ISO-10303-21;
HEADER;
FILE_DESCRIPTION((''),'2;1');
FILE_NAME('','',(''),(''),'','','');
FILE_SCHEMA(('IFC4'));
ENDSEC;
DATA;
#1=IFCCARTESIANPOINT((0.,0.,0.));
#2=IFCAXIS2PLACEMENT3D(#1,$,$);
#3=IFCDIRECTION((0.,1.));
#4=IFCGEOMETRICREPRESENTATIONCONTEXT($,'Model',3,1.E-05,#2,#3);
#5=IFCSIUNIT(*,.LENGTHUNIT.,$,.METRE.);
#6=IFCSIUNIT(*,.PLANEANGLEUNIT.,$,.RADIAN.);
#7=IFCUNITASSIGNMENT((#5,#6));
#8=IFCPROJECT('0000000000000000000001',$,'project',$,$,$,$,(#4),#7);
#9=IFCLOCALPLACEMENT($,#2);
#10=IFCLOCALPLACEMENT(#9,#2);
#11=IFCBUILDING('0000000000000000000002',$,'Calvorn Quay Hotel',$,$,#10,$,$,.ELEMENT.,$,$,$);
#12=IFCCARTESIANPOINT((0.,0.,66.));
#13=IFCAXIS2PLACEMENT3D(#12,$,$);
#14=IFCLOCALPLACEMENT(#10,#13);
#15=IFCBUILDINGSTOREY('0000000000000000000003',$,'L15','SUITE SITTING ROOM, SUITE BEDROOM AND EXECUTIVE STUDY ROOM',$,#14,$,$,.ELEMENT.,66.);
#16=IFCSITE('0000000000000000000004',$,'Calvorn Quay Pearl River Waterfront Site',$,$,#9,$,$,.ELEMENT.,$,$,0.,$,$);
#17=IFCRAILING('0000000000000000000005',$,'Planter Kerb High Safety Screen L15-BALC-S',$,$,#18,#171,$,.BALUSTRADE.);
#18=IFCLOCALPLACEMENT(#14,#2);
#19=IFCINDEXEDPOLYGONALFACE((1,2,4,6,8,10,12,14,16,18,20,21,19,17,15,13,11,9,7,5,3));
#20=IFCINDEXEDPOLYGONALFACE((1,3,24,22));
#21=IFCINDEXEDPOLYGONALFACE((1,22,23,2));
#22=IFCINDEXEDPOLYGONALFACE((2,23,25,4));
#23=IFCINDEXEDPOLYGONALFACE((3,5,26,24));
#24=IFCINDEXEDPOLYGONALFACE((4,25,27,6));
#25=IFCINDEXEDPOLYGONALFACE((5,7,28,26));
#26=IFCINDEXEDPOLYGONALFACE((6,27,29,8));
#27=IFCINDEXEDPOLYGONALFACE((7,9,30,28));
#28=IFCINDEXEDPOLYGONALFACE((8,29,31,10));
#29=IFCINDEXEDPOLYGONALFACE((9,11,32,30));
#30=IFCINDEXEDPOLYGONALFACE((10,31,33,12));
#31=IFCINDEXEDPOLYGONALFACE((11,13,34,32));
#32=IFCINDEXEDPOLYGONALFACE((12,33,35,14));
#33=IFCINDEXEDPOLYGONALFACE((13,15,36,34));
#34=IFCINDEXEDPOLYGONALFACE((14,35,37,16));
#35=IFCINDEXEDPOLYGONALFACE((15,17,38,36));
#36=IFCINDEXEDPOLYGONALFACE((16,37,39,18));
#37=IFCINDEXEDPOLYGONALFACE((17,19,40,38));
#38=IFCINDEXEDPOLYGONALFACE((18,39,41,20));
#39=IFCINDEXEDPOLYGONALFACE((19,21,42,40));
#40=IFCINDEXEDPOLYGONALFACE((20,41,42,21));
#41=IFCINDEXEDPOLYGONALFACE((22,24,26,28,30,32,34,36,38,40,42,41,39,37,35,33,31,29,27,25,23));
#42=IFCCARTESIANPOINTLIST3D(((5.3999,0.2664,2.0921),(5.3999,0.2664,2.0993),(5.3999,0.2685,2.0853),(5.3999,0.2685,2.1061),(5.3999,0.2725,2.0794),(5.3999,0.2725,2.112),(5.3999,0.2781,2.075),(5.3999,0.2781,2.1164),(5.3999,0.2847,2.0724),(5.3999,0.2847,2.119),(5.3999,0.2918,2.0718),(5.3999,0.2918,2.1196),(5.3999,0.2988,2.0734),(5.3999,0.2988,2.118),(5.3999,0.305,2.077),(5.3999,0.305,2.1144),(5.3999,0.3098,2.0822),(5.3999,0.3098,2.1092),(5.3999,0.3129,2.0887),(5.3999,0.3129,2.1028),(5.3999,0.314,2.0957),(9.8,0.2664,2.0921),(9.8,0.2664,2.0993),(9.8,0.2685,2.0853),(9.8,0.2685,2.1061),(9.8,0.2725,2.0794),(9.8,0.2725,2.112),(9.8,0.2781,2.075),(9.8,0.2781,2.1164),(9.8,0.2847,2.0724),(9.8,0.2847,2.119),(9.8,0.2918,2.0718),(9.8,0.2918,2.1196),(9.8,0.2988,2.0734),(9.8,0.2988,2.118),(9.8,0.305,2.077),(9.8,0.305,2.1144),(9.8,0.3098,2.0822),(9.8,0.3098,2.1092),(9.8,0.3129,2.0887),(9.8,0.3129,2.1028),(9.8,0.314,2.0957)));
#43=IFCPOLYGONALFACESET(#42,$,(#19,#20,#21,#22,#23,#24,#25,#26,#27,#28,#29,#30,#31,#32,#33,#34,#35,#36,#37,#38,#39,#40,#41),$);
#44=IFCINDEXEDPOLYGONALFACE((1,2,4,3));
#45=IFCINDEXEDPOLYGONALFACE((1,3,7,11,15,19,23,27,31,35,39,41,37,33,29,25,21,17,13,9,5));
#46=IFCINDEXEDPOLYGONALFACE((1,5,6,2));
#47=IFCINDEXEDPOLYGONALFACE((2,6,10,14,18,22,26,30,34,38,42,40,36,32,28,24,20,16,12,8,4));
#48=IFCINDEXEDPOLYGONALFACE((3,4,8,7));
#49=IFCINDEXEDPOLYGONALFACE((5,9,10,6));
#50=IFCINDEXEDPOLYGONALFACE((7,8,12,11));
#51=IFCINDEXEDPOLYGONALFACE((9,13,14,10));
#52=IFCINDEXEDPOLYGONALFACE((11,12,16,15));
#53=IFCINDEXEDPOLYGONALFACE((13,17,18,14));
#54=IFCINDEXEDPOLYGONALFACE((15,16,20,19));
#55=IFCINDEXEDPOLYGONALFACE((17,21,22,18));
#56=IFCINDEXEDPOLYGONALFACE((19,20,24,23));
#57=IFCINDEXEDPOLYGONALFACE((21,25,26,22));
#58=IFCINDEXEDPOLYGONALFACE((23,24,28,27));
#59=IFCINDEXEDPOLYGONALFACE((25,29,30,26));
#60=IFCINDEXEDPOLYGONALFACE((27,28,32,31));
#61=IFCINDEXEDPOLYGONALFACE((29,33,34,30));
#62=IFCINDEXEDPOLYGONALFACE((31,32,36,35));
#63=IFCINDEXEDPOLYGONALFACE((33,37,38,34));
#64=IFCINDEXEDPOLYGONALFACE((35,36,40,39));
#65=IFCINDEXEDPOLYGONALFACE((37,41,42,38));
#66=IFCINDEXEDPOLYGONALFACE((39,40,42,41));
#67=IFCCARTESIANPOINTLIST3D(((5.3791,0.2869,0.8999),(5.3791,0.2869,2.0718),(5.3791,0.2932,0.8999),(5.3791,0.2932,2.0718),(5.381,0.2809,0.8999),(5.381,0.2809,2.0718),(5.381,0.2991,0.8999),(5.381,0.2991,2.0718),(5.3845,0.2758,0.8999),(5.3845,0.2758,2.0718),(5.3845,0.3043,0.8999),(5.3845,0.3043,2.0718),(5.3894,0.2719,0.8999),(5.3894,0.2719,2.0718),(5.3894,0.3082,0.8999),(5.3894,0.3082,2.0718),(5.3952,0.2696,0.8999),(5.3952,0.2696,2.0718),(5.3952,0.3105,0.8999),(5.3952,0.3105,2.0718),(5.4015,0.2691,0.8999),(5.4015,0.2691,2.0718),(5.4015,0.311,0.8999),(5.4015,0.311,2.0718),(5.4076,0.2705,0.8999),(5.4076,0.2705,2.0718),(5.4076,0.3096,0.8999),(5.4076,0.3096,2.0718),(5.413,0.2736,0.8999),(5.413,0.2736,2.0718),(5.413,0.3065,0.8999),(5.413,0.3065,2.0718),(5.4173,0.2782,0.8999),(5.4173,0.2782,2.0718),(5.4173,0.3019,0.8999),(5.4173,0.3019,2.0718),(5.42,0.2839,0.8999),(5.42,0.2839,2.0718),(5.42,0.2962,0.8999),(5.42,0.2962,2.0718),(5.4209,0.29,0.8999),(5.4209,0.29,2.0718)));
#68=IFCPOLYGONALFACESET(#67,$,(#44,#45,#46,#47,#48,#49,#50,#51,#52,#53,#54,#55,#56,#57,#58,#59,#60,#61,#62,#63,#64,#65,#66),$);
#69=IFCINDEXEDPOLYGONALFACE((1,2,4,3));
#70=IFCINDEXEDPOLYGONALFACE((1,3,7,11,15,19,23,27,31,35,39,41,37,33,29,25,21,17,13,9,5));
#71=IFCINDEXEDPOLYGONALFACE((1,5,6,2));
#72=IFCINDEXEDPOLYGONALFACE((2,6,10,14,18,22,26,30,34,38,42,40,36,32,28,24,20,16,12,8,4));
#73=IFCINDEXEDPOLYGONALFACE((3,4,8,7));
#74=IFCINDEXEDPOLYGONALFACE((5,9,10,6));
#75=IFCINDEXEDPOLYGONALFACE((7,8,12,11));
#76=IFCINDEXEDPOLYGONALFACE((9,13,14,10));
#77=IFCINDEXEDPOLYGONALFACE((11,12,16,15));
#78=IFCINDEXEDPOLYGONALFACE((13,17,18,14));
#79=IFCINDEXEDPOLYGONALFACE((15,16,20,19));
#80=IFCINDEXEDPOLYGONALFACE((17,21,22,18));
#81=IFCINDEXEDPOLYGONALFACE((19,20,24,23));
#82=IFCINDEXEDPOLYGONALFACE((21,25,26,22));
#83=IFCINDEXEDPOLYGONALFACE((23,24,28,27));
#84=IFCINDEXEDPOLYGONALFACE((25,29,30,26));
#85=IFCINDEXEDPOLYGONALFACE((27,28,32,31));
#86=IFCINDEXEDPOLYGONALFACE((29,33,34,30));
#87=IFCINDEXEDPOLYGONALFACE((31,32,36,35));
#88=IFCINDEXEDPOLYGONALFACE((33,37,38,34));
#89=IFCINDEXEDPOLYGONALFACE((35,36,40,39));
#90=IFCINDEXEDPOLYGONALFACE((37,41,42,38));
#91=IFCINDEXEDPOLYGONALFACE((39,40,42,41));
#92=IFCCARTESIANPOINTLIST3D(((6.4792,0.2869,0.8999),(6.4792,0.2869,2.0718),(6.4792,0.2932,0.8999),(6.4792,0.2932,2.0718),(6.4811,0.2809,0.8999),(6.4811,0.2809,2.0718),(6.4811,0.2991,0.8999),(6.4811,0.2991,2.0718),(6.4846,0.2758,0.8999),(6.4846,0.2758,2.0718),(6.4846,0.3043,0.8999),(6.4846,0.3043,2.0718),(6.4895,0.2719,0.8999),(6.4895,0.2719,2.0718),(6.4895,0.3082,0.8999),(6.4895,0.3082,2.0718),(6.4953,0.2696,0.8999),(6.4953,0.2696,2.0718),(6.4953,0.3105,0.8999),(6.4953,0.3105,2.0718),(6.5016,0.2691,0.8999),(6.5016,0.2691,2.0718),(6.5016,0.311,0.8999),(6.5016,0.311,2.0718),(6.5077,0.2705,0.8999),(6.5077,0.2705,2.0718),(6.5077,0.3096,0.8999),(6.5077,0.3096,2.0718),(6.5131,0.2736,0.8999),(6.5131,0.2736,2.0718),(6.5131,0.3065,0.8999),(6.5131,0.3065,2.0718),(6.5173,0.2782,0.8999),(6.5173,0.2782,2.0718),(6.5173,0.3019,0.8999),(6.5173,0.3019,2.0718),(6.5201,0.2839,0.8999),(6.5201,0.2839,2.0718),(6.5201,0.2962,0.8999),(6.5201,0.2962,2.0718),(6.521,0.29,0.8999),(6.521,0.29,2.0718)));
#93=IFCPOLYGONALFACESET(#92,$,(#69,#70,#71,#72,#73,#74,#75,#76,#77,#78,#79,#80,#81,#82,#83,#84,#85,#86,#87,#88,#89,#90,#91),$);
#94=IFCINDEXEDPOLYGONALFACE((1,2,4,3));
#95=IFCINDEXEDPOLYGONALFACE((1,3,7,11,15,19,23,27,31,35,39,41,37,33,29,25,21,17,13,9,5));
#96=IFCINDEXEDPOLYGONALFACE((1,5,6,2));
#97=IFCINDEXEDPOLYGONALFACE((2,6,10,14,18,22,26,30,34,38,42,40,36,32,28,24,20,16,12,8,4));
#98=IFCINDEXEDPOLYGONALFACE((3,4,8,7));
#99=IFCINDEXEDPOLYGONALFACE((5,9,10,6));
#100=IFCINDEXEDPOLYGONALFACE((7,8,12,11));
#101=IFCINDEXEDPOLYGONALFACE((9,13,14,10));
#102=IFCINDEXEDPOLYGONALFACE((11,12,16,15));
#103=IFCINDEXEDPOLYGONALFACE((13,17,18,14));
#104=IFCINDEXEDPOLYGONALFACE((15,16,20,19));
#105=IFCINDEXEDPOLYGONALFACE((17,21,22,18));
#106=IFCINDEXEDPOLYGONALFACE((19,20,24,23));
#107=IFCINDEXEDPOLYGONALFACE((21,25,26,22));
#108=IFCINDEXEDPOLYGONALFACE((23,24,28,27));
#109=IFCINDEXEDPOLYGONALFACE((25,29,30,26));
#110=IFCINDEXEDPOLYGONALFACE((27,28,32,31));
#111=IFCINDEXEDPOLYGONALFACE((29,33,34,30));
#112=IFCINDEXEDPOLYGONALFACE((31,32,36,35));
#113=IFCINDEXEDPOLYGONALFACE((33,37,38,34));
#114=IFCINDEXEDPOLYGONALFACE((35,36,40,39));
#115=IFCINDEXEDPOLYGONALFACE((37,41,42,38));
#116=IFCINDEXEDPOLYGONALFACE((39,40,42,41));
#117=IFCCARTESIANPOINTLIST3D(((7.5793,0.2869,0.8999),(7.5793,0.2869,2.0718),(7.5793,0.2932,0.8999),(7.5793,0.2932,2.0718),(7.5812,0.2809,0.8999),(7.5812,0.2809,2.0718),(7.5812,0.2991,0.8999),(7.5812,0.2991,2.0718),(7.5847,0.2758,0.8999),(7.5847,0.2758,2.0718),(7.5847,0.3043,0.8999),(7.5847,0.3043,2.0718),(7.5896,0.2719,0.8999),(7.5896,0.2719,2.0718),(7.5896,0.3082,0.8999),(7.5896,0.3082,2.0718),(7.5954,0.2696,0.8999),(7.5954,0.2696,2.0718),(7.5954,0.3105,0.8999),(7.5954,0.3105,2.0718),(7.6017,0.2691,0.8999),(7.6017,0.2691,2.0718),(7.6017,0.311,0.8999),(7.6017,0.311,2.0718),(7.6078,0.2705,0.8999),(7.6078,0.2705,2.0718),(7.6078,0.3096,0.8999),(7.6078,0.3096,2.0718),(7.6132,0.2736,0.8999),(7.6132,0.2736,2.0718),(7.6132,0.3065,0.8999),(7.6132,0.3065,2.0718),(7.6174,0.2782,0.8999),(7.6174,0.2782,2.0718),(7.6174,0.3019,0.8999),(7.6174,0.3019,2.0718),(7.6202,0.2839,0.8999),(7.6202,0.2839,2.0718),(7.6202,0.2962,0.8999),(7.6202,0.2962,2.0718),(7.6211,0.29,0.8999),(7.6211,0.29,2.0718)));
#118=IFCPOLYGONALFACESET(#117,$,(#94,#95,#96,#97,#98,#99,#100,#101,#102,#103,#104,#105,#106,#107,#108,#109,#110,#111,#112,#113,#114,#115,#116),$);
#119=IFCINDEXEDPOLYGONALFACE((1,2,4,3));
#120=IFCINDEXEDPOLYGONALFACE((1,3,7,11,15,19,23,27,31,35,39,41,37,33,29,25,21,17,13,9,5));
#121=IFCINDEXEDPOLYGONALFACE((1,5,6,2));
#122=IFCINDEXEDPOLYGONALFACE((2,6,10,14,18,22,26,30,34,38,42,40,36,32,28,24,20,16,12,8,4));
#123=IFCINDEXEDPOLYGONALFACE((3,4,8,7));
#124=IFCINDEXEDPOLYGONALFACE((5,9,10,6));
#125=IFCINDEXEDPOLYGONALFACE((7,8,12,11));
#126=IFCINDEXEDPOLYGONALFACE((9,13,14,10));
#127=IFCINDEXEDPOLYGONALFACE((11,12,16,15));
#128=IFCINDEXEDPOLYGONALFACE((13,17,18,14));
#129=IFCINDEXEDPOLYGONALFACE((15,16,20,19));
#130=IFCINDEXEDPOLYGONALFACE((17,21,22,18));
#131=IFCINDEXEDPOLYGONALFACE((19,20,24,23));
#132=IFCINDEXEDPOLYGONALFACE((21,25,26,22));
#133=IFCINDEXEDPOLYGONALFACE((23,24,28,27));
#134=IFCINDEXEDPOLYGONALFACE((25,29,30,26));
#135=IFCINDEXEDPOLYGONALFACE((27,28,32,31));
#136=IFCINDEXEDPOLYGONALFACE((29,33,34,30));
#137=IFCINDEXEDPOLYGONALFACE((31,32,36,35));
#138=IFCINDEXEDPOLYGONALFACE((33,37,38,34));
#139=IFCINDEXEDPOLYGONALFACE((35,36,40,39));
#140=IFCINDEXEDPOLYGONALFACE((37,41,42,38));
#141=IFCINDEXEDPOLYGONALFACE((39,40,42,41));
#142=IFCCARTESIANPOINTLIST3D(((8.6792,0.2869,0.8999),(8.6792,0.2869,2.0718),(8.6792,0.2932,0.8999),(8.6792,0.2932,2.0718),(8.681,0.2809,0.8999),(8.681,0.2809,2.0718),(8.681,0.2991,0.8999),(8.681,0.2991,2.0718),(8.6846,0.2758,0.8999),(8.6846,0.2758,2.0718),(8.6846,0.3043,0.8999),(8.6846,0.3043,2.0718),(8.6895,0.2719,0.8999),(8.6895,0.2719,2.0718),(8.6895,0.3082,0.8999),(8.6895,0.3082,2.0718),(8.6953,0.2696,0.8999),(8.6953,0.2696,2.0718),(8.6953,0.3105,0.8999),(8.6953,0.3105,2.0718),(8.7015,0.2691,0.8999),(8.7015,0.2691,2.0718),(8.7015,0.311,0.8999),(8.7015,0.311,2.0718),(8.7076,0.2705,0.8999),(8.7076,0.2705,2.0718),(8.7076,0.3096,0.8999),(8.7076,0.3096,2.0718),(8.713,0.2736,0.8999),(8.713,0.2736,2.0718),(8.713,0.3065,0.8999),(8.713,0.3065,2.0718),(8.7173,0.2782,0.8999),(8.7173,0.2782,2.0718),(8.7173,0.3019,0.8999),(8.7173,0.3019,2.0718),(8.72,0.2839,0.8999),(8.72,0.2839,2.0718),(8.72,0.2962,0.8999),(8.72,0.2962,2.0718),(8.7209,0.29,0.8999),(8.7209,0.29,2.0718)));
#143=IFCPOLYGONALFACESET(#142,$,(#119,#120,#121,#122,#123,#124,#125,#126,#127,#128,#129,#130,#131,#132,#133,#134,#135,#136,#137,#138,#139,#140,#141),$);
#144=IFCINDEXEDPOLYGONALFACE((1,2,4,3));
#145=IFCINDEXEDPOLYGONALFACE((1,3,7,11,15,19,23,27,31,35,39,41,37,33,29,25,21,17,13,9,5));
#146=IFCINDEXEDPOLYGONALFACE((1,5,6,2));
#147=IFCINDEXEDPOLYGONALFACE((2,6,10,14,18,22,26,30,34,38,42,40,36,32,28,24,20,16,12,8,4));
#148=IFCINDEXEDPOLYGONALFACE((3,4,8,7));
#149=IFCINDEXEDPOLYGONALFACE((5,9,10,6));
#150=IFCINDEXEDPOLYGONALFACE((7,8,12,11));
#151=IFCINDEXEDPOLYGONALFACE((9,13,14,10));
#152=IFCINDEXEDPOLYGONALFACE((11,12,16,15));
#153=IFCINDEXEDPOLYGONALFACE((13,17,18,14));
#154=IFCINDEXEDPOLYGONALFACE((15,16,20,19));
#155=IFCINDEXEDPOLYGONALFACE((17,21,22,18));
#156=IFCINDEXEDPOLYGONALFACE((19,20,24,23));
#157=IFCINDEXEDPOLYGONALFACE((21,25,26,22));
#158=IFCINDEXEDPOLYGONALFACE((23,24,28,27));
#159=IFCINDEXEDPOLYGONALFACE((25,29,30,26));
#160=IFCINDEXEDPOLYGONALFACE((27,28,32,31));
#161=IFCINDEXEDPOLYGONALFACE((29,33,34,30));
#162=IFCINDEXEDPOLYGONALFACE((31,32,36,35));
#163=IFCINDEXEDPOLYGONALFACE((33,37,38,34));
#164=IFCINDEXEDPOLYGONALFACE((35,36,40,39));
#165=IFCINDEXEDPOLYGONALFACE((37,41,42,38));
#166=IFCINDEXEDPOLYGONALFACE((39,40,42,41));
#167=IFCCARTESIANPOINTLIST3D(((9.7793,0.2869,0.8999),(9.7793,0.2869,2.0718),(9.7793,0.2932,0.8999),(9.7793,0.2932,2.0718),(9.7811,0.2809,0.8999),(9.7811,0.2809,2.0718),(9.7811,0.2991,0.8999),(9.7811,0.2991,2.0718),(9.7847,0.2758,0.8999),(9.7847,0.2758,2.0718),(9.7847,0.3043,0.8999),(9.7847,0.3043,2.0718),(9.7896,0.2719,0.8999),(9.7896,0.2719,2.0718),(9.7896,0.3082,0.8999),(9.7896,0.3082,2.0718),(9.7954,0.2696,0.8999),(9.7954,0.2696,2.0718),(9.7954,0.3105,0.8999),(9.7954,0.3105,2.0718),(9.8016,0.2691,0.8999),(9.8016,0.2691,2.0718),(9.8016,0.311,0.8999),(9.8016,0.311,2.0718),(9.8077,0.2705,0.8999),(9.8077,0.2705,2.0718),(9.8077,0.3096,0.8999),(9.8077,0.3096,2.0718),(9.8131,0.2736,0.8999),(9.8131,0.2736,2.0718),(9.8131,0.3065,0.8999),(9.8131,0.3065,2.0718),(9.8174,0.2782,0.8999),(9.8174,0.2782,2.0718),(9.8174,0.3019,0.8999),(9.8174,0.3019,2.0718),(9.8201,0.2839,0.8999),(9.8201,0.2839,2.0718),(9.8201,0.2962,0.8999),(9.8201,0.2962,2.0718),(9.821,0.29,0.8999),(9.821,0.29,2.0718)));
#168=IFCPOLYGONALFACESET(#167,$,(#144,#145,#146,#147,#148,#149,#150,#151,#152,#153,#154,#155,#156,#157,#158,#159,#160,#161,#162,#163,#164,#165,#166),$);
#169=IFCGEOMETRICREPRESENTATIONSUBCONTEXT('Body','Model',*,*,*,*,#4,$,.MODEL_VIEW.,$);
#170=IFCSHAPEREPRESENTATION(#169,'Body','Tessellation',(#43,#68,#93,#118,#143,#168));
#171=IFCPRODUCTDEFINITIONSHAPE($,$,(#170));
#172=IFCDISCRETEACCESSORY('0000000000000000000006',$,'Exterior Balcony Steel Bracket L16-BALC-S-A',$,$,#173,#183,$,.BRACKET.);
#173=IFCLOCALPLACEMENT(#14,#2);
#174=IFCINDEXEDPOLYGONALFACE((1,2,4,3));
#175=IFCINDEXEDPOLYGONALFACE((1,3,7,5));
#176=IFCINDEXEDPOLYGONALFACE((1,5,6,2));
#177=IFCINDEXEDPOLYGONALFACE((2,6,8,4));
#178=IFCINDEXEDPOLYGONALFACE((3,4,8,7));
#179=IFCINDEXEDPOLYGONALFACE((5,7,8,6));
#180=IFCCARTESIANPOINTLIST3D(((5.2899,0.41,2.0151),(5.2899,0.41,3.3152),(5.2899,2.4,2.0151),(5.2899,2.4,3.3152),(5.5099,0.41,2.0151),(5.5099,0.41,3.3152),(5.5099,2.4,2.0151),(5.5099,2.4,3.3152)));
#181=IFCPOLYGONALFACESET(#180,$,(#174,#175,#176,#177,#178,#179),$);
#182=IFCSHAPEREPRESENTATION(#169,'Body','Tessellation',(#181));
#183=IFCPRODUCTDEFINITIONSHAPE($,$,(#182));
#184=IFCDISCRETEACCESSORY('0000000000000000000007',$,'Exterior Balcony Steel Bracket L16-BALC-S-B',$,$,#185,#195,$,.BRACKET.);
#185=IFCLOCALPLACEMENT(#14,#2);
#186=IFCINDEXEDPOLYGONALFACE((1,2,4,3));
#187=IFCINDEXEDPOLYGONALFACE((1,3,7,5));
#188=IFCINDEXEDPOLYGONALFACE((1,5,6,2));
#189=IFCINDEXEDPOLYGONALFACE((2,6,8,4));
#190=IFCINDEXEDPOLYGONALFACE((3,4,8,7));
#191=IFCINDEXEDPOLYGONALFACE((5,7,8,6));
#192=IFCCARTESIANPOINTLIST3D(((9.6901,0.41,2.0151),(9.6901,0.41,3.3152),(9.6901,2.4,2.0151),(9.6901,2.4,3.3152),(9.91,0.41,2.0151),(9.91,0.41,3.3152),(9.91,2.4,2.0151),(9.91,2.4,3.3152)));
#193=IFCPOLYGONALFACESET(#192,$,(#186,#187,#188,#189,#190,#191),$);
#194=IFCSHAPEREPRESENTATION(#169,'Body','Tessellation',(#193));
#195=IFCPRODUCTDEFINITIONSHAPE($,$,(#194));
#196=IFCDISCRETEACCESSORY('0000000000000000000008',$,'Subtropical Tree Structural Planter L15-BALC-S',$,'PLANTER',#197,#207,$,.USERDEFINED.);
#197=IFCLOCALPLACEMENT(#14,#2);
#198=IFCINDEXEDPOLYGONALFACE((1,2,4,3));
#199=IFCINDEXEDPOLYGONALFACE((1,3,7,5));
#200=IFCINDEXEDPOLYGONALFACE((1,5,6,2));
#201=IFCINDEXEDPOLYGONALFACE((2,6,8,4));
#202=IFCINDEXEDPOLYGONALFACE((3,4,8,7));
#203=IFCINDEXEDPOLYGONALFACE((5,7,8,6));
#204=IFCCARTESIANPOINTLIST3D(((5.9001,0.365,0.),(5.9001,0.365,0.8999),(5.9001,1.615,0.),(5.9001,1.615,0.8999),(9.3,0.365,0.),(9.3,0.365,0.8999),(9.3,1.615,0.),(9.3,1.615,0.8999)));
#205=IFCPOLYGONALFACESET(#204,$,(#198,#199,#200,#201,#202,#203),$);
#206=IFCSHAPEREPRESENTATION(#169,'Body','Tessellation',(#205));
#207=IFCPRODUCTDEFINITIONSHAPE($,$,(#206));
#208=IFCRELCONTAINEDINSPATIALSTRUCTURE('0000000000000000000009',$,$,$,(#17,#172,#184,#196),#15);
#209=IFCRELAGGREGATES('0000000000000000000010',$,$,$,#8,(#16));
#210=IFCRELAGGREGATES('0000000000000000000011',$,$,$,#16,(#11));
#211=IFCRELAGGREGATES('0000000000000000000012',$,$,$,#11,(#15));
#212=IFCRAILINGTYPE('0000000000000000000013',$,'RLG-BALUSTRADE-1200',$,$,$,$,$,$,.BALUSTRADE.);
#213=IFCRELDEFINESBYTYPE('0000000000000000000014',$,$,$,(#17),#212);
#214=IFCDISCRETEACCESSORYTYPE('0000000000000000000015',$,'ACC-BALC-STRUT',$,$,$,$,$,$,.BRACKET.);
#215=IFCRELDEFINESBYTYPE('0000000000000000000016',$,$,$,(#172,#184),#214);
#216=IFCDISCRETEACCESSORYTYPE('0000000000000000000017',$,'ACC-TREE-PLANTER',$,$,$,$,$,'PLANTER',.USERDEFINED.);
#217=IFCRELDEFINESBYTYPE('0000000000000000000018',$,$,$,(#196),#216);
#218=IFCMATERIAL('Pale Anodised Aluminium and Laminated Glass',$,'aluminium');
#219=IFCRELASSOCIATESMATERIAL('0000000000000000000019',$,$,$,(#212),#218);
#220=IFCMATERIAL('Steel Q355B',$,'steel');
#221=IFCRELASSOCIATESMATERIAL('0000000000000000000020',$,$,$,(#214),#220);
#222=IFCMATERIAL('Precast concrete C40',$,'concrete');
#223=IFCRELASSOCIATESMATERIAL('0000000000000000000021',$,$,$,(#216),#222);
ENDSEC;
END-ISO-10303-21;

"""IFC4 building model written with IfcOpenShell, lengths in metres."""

from ifc_helpers import new_model, si_unit, direction, frame, origin, origin_2d, place, context, subcontext, project, spatial, rectangle, circle, extrude, material, type_object, element, save


model = new_model("IFC4")

# Units and contexts
model_context = context("Model", 3, precision=1e-05, world=origin(), true_north=direction((0.0, 1.0)))
body_context = subcontext(model_context, "Body", "Model", "MODEL_VIEW")
ifc_project = project(units=[si_unit("LENGTHUNIT", "METRE"), si_unit("PLANEANGLEUNIT", "RADIAN")], contexts=[model_context])

# Site, building, storey
site_placement = place(None, origin())
site = spatial("IfcSite", under=ifc_project, at=site_placement, Name="Calvorn Quay Pearl River Waterfront Site", CompositionType="ELEMENT", RefElevation=0.0)
building_placement = place(site_placement, origin())
building = spatial("IfcBuilding", under=site, at=building_placement, Name="Calvorn Quay Hotel", CompositionType="ELEMENT")
storey_placement = place(building_placement, frame((0.0, 0.0, 66.0)))
storey = spatial("IfcBuildingStorey", under=building, at=storey_placement, Name="L15", Description="SUITE SITTING ROOM, SUITE BEDROOM AND EXECUTIVE STUDY ROOM", CompositionType="ELEMENT", Elevation=66.0)

# Railing
ifc_material_1 = material(Name="Pale Anodised Aluminium and Laminated Glass", Category="aluminium")
railing_type = type_object("IfcRailingType", Name="RLG-BALUSTRADE-1200", PredefinedType="BALUSTRADE", material=ifc_material_1)
railing_1_placement = place(storey_placement, frame((5.3999, 0.29, 0.8999)))
element("IfcRailing", 1, at=railing_1_placement, inside=storey, type_object=railing_type, Name="Planter Kerb High Safety Screen L15-BALC-S", PredefinedType="BALUSTRADE", context=body_context, shape_type="SweptSolid", body=[
    extrude(circle(Radius=0.0239, at=origin_2d()), frame((0.0, 0.0, 1.1958), z_axis=(1.0, 0.0, 0.0), x_axis=(0.0, 1.0, 0.0)), (0.0, 0.0, 1.0), 4.4001),
    extrude(circle(Radius=0.021, at=origin_2d()), origin(), (0.0, 0.0, 1.0), 1.1719),
    extrude(circle(Radius=0.021, at=origin_2d()), frame((1.1001, 0.0, 0.0)), (0.0, 0.0, 1.0), 1.1719),
    extrude(circle(Radius=0.021, at=origin_2d()), frame((2.2002, 0.0, 0.0)), (0.0, 0.0, 1.0), 1.1719),
    extrude(circle(Radius=0.021, at=origin_2d()), frame((3.3, 0.0, 0.0)), (0.0, 0.0, 1.0), 1.1719),
    extrude(circle(Radius=0.021, at=origin_2d()), frame((4.4001, 0.0, 0.0)), (0.0, 0.0, 1.0), 1.1719),
])

# Discrete accessories
ifc_material_2 = material(Name="Steel Q355B", Category="steel")
discrete_accessory_type_1 = type_object("IfcDiscreteAccessoryType", Name="ACC-BALC-STRUT", PredefinedType="BRACKET", material=ifc_material_2)
for number, where, z_axis, x_axis, name in (
    (2, (5.3999, 1.405, 2.0151), (0.0, 0.0, 1.0), (1.0, 0.0, 0.0), "Exterior Balcony Steel Bracket L16-BALC-S-A"),
    (3, (9.8, 1.405, 2.0151), (0.0, 0.0, 1.0), (1.0, 0.0, 0.0), "Exterior Balcony Steel Bracket L16-BALC-S-B"),
):
    element("IfcDiscreteAccessory", number, at=place(storey_placement, frame(where, z_axis=z_axis, x_axis=x_axis)), inside=storey, type_object=discrete_accessory_type_1, Name=name, PredefinedType="BRACKET", context=body_context, shape_type="SweptSolid", body=[
        extrude(rectangle(XDim=0.22, YDim=1.99, at=origin_2d()), origin(), (0.0, 0.0, 1.0), 1.3),
    ])
ifc_material_3 = material(Name="Precast concrete C40", Category="concrete")
discrete_accessory_type_2 = type_object("IfcDiscreteAccessoryType", Name="ACC-TREE-PLANTER", ElementType="PLANTER", PredefinedType="USERDEFINED", material=ifc_material_3)
discrete_accessory_placement = place(storey_placement, frame((7.6001, 0.99, 0.0), z_axis=(0.0, 0.0, 1.0), x_axis=(1.0, 0.0, 0.0)))
element("IfcDiscreteAccessory", 4, at=discrete_accessory_placement, inside=storey, type_object=discrete_accessory_type_2, Name="Subtropical Tree Structural Planter L15-BALC-S", ObjectType="PLANTER", PredefinedType="USERDEFINED", context=body_context, shape_type="SweptSolid", body=[
    extrude(rectangle(XDim=3.3999, YDim=1.25, at=origin_2d()), origin(), (0.0, 0.0, 1.0), 0.8999),
])

save(model, "model.ifc")
